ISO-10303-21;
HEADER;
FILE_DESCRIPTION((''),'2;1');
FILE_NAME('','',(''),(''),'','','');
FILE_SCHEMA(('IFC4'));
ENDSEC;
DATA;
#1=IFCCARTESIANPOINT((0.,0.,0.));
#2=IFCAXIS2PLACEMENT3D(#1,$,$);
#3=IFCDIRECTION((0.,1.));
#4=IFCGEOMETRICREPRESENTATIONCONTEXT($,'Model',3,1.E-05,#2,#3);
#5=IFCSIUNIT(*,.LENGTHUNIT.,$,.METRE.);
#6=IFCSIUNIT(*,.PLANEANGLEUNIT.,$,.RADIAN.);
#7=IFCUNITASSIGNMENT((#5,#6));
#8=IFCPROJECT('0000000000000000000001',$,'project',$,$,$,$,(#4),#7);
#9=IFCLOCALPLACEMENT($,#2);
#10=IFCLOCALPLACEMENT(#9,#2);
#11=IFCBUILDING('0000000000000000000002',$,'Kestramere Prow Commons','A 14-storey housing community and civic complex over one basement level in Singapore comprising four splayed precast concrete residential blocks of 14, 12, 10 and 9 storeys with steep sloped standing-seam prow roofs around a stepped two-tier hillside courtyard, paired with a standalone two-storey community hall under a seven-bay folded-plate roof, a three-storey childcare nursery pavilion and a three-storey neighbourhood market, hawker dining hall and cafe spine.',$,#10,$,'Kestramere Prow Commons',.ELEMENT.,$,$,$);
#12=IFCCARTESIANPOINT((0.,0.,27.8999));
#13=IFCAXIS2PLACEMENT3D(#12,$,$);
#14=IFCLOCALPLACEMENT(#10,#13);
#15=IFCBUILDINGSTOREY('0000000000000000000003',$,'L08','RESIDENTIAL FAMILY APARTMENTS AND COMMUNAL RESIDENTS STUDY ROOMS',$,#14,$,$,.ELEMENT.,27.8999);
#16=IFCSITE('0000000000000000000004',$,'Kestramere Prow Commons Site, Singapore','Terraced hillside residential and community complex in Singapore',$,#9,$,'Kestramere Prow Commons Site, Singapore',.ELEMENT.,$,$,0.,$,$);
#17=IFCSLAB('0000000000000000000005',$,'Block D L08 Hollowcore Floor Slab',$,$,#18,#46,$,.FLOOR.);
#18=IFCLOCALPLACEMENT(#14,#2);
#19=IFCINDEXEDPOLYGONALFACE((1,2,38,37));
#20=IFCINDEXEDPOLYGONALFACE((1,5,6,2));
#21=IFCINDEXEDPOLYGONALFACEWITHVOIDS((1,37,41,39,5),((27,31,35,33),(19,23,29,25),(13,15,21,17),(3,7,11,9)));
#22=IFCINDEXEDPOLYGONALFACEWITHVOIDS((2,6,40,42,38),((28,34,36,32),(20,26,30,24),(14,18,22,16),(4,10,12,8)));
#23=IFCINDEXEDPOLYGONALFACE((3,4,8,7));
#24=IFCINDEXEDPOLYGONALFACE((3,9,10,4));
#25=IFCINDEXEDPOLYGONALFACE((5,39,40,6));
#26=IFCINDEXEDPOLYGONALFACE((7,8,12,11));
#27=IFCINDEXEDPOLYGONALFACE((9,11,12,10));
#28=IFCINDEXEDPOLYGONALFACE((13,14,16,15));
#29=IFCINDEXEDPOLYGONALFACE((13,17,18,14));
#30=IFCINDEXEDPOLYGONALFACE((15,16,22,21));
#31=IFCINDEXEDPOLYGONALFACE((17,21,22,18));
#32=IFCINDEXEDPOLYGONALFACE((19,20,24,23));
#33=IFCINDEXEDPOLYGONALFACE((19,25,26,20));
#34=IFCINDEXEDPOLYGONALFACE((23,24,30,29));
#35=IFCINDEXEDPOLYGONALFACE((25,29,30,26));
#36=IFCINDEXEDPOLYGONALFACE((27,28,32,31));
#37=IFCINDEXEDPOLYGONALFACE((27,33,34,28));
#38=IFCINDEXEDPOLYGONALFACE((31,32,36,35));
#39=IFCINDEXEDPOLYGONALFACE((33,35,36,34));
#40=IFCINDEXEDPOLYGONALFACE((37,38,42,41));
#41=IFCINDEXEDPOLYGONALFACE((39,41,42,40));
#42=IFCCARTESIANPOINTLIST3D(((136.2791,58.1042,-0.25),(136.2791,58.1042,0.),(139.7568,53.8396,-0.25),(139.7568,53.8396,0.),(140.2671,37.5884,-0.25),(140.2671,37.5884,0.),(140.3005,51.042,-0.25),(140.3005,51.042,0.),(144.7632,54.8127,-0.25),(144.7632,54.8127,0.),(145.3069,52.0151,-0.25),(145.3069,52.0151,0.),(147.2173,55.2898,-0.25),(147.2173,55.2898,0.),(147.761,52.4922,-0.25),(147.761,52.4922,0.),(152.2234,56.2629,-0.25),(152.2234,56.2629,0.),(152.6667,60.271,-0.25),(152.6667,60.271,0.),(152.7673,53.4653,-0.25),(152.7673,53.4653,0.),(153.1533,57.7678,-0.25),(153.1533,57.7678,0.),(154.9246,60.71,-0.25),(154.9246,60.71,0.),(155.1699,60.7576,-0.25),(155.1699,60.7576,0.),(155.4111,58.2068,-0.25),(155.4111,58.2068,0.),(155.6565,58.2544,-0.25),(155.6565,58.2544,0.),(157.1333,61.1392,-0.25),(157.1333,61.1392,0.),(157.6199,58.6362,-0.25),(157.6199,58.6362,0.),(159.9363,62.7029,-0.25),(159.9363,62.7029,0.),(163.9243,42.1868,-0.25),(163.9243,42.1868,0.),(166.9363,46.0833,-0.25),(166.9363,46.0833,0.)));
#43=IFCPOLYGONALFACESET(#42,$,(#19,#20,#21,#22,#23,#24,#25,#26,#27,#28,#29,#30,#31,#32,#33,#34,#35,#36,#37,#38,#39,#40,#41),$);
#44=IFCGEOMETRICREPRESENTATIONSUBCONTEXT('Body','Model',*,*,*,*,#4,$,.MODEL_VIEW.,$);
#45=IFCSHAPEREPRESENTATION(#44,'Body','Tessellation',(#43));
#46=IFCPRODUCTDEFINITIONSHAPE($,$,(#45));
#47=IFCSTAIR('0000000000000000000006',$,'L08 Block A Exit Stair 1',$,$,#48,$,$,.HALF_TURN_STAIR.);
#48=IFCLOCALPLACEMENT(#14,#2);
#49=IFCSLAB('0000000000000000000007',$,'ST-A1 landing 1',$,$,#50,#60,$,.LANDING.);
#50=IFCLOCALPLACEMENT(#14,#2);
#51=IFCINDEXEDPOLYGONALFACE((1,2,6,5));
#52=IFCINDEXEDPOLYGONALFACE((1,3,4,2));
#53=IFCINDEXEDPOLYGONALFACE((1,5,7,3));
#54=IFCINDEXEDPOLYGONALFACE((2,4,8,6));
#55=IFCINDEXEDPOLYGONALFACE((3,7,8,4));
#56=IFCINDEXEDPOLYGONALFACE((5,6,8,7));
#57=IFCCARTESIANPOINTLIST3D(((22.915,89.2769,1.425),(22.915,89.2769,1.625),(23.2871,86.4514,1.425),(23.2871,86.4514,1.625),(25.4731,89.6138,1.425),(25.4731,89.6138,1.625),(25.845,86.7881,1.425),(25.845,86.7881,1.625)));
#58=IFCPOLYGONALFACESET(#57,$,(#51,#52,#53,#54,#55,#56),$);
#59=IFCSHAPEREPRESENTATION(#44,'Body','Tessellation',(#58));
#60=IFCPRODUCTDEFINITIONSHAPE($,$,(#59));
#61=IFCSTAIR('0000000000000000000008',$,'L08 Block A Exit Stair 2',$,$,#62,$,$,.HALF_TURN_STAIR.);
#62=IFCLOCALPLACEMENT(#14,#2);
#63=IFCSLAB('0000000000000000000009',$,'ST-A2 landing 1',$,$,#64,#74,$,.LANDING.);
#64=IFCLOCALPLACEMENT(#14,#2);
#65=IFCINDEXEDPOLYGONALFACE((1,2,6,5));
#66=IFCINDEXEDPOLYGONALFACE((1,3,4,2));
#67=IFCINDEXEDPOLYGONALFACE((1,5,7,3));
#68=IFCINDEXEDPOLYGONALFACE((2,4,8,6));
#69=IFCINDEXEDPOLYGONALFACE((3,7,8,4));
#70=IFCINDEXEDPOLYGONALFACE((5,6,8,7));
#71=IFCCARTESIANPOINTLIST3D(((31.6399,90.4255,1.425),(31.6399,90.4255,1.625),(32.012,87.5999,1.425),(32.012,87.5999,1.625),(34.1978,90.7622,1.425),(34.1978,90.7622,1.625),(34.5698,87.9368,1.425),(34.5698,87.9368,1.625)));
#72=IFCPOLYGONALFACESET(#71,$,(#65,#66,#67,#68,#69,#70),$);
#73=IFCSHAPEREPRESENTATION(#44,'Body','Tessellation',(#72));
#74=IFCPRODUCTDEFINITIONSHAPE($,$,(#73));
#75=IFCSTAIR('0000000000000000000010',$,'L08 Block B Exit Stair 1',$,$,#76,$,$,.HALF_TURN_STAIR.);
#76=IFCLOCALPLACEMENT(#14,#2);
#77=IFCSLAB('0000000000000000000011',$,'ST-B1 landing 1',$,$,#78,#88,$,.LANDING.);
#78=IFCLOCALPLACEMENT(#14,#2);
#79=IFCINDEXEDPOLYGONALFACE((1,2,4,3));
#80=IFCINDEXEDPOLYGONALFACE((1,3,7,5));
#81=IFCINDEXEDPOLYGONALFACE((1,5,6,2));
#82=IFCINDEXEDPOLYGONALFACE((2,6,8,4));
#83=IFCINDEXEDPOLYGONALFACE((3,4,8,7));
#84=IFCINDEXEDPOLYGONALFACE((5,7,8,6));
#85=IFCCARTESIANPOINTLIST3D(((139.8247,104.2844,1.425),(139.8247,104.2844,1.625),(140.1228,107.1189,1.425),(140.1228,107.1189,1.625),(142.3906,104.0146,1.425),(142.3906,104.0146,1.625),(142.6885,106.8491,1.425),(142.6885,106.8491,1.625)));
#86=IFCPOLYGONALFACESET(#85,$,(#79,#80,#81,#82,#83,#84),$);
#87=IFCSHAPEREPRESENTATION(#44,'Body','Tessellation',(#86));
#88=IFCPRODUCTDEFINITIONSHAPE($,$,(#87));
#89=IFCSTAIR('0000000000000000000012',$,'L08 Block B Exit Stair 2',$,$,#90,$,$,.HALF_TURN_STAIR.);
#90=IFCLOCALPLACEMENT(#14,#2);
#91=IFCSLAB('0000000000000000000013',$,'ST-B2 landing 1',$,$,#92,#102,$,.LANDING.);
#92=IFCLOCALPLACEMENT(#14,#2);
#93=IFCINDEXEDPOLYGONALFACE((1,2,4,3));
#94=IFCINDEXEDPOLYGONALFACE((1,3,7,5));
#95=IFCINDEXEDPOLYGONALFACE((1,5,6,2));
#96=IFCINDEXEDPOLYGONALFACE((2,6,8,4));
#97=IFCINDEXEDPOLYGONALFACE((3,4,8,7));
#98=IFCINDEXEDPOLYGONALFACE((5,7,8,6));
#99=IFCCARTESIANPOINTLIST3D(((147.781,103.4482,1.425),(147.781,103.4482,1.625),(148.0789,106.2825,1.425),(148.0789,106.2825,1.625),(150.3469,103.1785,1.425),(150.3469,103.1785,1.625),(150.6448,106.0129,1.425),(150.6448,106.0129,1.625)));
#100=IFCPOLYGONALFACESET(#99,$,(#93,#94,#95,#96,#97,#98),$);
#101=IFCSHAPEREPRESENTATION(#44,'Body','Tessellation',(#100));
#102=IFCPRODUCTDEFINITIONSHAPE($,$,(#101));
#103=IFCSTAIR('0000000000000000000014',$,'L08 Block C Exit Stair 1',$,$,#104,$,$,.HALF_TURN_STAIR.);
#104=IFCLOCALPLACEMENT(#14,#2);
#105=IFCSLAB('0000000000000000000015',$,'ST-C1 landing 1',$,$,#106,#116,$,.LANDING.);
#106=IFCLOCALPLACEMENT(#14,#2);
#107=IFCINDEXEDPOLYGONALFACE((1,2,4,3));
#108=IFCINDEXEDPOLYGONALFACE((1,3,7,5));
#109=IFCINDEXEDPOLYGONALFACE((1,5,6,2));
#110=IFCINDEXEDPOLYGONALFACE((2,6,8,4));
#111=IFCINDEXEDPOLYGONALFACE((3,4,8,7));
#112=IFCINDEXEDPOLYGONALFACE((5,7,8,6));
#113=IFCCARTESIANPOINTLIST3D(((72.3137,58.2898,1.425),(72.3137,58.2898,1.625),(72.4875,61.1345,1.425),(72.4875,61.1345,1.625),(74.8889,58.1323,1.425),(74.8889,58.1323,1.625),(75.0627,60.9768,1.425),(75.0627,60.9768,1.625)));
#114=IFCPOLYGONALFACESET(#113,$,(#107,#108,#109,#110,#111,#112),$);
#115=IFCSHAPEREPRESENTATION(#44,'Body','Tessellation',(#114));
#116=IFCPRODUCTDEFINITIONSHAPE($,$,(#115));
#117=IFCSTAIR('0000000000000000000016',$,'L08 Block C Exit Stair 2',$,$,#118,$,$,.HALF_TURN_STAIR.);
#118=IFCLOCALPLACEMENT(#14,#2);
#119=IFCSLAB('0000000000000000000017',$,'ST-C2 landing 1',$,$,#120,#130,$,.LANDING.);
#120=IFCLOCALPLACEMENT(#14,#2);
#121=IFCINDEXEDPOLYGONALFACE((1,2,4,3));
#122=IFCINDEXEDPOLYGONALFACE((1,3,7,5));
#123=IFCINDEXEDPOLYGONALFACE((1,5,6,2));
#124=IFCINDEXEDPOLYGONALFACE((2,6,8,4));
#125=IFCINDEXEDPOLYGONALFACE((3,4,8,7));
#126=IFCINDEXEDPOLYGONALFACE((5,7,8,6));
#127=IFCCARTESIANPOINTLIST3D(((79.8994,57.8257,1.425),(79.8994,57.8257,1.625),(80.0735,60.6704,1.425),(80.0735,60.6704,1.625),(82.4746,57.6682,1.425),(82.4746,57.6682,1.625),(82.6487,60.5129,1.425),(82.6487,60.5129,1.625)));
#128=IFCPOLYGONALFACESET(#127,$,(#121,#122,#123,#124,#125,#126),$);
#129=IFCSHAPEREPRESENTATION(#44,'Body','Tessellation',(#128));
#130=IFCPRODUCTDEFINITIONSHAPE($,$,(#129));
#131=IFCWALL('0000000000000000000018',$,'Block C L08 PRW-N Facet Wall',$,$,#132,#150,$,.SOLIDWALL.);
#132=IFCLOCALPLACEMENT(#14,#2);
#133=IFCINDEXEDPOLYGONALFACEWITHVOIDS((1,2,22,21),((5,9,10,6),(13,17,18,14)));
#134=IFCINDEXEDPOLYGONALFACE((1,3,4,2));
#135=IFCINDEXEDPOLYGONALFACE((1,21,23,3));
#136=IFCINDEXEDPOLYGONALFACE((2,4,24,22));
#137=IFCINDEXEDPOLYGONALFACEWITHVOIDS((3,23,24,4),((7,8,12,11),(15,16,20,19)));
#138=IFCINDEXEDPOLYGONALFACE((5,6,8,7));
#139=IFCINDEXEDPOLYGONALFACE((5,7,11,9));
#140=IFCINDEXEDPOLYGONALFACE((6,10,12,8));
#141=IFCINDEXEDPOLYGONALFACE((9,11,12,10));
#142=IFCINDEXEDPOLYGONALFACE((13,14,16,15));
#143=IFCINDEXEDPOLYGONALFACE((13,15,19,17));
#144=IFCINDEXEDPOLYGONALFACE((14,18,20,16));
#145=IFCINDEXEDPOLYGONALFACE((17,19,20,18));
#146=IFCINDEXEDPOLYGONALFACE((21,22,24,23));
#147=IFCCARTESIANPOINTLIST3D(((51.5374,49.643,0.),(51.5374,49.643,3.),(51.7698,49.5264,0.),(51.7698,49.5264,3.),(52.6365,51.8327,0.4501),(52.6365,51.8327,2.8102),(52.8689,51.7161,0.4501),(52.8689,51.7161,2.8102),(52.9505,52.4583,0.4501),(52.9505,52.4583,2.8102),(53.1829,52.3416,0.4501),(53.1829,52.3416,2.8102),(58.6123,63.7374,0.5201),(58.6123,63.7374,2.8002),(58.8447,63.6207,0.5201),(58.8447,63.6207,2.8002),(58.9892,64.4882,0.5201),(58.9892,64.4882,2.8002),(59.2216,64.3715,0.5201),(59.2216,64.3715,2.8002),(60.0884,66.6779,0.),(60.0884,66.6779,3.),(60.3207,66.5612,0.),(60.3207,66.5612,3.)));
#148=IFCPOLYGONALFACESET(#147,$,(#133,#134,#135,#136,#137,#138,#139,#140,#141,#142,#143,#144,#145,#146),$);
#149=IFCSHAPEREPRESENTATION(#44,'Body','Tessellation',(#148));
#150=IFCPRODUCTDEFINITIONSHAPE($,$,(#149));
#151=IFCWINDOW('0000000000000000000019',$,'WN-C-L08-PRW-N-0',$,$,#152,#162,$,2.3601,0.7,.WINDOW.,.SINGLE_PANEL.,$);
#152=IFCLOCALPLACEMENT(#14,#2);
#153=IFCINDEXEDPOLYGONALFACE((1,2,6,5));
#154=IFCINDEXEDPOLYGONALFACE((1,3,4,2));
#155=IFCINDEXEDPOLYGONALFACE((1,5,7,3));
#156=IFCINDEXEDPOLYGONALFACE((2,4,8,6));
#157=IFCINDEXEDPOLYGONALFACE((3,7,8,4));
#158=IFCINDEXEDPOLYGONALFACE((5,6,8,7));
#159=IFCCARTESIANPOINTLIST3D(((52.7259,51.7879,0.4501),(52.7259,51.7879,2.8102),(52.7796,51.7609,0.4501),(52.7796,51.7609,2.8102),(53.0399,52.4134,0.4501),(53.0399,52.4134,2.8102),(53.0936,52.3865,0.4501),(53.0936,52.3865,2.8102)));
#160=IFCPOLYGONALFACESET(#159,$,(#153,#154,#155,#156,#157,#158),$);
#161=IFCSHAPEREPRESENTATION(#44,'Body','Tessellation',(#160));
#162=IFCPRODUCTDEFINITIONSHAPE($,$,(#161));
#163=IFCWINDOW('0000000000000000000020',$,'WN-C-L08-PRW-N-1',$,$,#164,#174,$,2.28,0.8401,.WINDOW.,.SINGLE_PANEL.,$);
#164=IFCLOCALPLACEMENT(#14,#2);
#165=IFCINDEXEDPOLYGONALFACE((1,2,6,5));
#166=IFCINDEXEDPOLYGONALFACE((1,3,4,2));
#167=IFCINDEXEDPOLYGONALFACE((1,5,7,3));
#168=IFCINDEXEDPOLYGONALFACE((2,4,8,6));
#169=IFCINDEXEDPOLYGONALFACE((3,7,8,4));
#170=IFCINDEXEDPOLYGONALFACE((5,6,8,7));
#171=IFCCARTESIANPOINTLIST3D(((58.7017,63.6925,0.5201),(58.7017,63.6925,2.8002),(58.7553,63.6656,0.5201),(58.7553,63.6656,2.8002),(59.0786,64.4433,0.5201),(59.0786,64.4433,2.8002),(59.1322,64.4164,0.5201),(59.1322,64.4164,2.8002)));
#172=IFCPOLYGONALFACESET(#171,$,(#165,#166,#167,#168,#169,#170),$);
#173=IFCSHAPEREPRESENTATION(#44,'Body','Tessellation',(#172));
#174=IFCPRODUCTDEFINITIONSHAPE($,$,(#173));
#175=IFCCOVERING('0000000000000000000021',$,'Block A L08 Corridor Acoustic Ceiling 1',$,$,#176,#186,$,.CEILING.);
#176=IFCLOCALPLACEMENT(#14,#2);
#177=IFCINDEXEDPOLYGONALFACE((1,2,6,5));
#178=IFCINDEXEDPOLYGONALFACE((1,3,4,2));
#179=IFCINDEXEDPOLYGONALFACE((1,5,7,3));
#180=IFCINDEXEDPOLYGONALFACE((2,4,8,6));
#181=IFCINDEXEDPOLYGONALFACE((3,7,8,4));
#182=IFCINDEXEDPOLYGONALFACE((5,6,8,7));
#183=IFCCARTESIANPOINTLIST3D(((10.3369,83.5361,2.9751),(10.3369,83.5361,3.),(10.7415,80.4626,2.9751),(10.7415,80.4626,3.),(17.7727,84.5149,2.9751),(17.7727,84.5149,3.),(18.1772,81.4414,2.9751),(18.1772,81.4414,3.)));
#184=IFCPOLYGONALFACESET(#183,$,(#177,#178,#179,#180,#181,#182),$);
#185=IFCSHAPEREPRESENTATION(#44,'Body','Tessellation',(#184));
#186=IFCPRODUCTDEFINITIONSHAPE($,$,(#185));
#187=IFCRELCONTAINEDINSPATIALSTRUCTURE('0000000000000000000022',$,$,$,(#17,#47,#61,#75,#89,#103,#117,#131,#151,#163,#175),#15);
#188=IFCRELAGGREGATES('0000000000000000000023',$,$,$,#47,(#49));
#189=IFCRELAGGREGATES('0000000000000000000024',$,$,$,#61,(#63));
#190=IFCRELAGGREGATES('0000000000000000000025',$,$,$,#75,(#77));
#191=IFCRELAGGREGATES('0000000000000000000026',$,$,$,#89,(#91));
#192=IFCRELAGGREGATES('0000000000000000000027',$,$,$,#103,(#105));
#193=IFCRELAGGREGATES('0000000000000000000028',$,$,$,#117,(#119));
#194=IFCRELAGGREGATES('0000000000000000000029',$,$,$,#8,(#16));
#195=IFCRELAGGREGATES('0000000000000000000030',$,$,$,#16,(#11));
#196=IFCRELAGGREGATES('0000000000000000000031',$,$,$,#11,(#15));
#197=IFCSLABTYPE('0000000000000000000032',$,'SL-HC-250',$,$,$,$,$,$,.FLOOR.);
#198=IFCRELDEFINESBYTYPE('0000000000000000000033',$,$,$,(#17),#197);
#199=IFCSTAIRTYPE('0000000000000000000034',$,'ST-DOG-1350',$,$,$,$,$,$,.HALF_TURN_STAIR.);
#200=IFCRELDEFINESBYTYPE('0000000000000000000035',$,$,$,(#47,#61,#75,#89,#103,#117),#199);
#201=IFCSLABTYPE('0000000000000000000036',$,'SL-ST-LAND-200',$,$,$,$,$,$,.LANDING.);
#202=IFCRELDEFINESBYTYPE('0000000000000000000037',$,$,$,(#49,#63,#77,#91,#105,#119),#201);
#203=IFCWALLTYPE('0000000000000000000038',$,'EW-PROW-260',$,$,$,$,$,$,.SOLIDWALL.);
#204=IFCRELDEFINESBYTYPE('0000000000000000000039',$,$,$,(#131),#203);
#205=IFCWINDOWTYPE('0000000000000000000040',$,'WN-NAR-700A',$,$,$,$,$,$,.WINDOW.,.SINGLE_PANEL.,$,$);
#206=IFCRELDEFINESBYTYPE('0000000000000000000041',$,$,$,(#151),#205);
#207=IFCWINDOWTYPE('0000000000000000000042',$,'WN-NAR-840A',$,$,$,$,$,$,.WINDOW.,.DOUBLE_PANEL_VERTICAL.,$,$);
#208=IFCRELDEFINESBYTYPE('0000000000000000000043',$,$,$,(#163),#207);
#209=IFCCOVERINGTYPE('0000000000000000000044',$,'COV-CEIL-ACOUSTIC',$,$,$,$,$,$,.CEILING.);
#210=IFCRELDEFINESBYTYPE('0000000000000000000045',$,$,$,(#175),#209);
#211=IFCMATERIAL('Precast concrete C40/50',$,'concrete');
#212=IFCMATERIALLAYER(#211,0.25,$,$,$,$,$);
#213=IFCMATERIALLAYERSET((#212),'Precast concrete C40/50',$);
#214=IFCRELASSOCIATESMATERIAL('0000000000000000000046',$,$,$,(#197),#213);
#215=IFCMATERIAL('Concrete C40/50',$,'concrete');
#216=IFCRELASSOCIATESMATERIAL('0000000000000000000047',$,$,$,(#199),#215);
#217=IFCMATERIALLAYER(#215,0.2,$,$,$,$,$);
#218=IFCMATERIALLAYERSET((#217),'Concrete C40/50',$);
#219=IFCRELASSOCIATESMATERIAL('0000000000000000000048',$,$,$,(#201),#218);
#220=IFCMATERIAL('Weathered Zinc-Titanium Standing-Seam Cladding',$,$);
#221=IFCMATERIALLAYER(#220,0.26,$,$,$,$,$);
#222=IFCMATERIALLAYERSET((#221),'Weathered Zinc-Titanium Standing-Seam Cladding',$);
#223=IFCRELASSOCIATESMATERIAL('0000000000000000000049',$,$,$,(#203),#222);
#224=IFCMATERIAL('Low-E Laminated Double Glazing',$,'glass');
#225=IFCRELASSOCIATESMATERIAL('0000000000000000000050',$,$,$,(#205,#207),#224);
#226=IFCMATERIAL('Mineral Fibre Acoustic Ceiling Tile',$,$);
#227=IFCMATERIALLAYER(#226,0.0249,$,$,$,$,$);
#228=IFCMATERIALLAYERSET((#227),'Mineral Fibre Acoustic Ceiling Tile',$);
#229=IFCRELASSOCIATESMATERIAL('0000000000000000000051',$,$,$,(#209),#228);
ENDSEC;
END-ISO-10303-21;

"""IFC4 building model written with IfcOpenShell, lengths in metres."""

from ifc_helpers import new_model, si_unit, direction, frame, frame_2d, origin, place, context, subcontext, project, spatial, polyline, rectangle, outline, extrude, material, layer, layer_set, type_object, element, fill, aggregate, save


model = new_model("IFC4")

# Units and contexts
model_context = context("Model", 3, precision=1e-05, world=origin(), true_north=direction((0.0, 1.0)))
body_context = subcontext(model_context, "Body", "Model", "MODEL_VIEW")
ifc_project = project(units=[si_unit("LENGTHUNIT", "METRE"), si_unit("PLANEANGLEUNIT", "RADIAN")], contexts=[model_context])

# Site, building, storey
site_placement = place(None, origin())
site = spatial("IfcSite", under=ifc_project, at=site_placement, Name="Kestramere Prow Commons Site, Singapore", Description="Terraced hillside residential and community complex in Singapore", LongName="Kestramere Prow Commons Site, Singapore", CompositionType="ELEMENT", RefElevation=0.0)
building_placement = place(site_placement, origin())
building = spatial("IfcBuilding", under=site, at=building_placement, Name="Kestramere Prow Commons", Description="A 14-storey housing community and civic complex over one basement level in Singapore comprising four splayed precast concrete residential blocks of 14, 12, 10 and 9 storeys with steep sloped standing-seam prow roofs around a stepped two-tier hillside courtyard, paired with a standalone two-storey community hall under a seven-bay folded-plate roof, a three-storey childcare nursery pavilion and a three-storey neighbourhood market, hawker dining hall and cafe spine.", LongName="Kestramere Prow Commons", CompositionType="ELEMENT")
storey_placement = place(building_placement, frame((0.0, 0.0, 27.8999)))
storey = spatial("IfcBuildingStorey", under=building, at=storey_placement, Name="L08", Description="RESIDENTIAL FAMILY APARTMENTS AND COMMUNAL RESIDENTS STUDY ROOMS", CompositionType="ELEMENT", Elevation=27.8999)

# Slab
ifc_material_1 = material(Name="Precast concrete C40/50", Category="concrete")
ifc_layer_1 = layer(ifc_material_1, 0.25)
ifc_layer_set_1 = layer_set([ifc_layer_1], Name="Precast concrete C40/50")
slab_type_1 = type_object("IfcSlabType", Name="SL-HC-250", PredefinedType="FLOOR", material=ifc_layer_set_1)
slab_1_placement = place(storey_placement, frame((0.0, 0.0, -0.25)))
element("IfcSlab", 1, at=slab_1_placement, inside=storey, type_object=slab_type_1, Name="Block D L08 Hollowcore Floor Slab", PredefinedType="FLOOR", context=body_context, shape_type="SweptSolid", body=[
    extrude(outline(polyline([(140.2671, 37.5884), (163.9243, 42.1868), (166.9363, 46.0833), (159.9363, 62.7029), (136.2791, 58.1042), (140.2671, 37.5884)]), holes=[polyline([(153.1533, 57.7678), (155.4111, 58.2068), (154.9246, 60.71), (152.6667, 60.271), (153.1533, 57.7678)]), polyline([(155.6565, 58.2544), (157.6199, 58.6362), (157.1333, 61.1392), (155.1699, 60.7576), (155.6565, 58.2544)]), polyline([(140.3005, 51.042), (145.3069, 52.0151), (144.7632, 54.8127), (139.7568, 53.8396), (140.3005, 51.042)]), polyline([(147.761, 52.4922), (152.7673, 53.4653), (152.2234, 56.2629), (147.2173, 55.2898), (147.761, 52.4922)])]), origin(), (0.0, 0.0, 1.0), 0.25),
])

# Stairs, slabs
ifc_material_2 = material(Name="Concrete C40/50", Category="concrete")
stair_type = type_object("IfcStairType", Name="ST-DOG-1350", PredefinedType="HALF_TURN_STAIR", material=ifc_material_2)
stair_1_placement = place(storey_placement, origin())
stair_1 = element("IfcStair", 2, at=stair_1_placement, inside=storey, type_object=stair_type, Name="L08 Block A Exit Stair 1", PredefinedType="HALF_TURN_STAIR")
ifc_layer_2 = layer(ifc_material_2, 0.2)
ifc_layer_set_2 = layer_set([ifc_layer_2], Name="Concrete C40/50")
slab_type_2 = type_object("IfcSlabType", Name="SL-ST-LAND-200", PredefinedType="LANDING", material=ifc_layer_set_2)
slab_2_placement = place(storey_placement, frame((0.0, 0.0, 1.425)))
slab_2 = element("IfcSlab", 3, at=slab_2_placement, type_object=slab_type_2, Name="ST-A1 landing 1", PredefinedType="LANDING", context=body_context, shape_type="SweptSolid", body=[
    extrude(outline(polyline([(23.2871, 86.4514), (25.845, 86.7881), (25.4731, 89.6138), (22.915, 89.2769), (23.2871, 86.4514)])), origin(), (0.0, 0.0, 1.0), 0.2),
])
aggregate(stair_1, [slab_2])
stair_2_placement = place(storey_placement, origin())
stair_2 = element("IfcStair", 4, at=stair_2_placement, inside=storey, type_object=stair_type, Name="L08 Block A Exit Stair 2", PredefinedType="HALF_TURN_STAIR")
slab_3_placement = place(storey_placement, frame((0.0, 0.0, 1.425)))
slab_3 = element("IfcSlab", 5, at=slab_3_placement, type_object=slab_type_2, Name="ST-A2 landing 1", PredefinedType="LANDING", context=body_context, shape_type="SweptSolid", body=[
    extrude(outline(polyline([(32.012, 87.5999), (34.5698, 87.9368), (34.1978, 90.7622), (31.6399, 90.4255), (32.012, 87.5999)])), origin(), (0.0, 0.0, 1.0), 0.2),
])
aggregate(stair_2, [slab_3])
stair_3_placement = place(storey_placement, origin())
stair_3 = element("IfcStair", 6, at=stair_3_placement, inside=storey, type_object=stair_type, Name="L08 Block B Exit Stair 1", PredefinedType="HALF_TURN_STAIR")
slab_4_placement = place(storey_placement, frame((0.0, 0.0, 1.425)))
slab_4 = element("IfcSlab", 7, at=slab_4_placement, type_object=slab_type_2, Name="ST-B1 landing 1", PredefinedType="LANDING", context=body_context, shape_type="SweptSolid", body=[
    extrude(outline(polyline([(139.8247, 104.2844), (142.3906, 104.0146), (142.6885, 106.8491), (140.1228, 107.1189), (139.8247, 104.2844)])), origin(), (0.0, 0.0, 1.0), 0.2),
])
aggregate(stair_3, [slab_4])
stair_4_placement = place(storey_placement, origin())
stair_4 = element("IfcStair", 8, at=stair_4_placement, inside=storey, type_object=stair_type, Name="L08 Block B Exit Stair 2", PredefinedType="HALF_TURN_STAIR")
slab_5_placement = place(storey_placement, frame((0.0, 0.0, 1.425)))
slab_5 = element("IfcSlab", 9, at=slab_5_placement, type_object=slab_type_2, Name="ST-B2 landing 1", PredefinedType="LANDING", context=body_context, shape_type="SweptSolid", body=[
    extrude(outline(polyline([(147.781, 103.4482), (150.3469, 103.1785), (150.6448, 106.0129), (148.0789, 106.2825), (147.781, 103.4482)])), origin(), (0.0, 0.0, 1.0), 0.2),
])
aggregate(stair_4, [slab_5])
stair_5_placement = place(storey_placement, origin())
stair_5 = element("IfcStair", 10, at=stair_5_placement, inside=storey, type_object=stair_type, Name="L08 Block C Exit Stair 1", PredefinedType="HALF_TURN_STAIR")
slab_6_placement = place(storey_placement, frame((0.0, 0.0, 1.425)))
slab_6 = element("IfcSlab", 11, at=slab_6_placement, type_object=slab_type_2, Name="ST-C1 landing 1", PredefinedType="LANDING", context=body_context, shape_type="SweptSolid", body=[
    extrude(outline(polyline([(72.3137, 58.2898), (74.8889, 58.1323), (75.0627, 60.9768), (72.4875, 61.1345), (72.3137, 58.2898)])), origin(), (0.0, 0.0, 1.0), 0.2),
])
aggregate(stair_5, [slab_6])
stair_6_placement = place(storey_placement, origin())
stair_6 = element("IfcStair", 12, at=stair_6_placement, inside=storey, type_object=stair_type, Name="L08 Block C Exit Stair 2", PredefinedType="HALF_TURN_STAIR")
slab_7_placement = place(storey_placement, frame((0.0, 0.0, 1.425)))
slab_7 = element("IfcSlab", 13, at=slab_7_placement, type_object=slab_type_2, Name="ST-C2 landing 1", PredefinedType="LANDING", context=body_context, shape_type="SweptSolid", body=[
    extrude(outline(polyline([(79.8994, 57.8257), (82.4746, 57.6682), (82.6487, 60.5129), (80.0735, 60.6704), (79.8994, 57.8257)])), origin(), (0.0, 0.0, 1.0), 0.2),
])
aggregate(stair_6, [slab_7])

# Wall, openings, windows
ifc_material_3 = material(Name="Weathered Zinc-Titanium Standing-Seam Cladding")
ifc_layer_3 = layer(ifc_material_3, 0.26)
ifc_layer_set_3 = layer_set([ifc_layer_3], Name="Weathered Zinc-Titanium Standing-Seam Cladding")
wall_type = type_object("IfcWallType", Name="EW-PROW-260", PredefinedType="SOLIDWALL", material=ifc_layer_set_3)
wall_placement = place(storey_placement, frame((51.6536, 49.5847, 0.0), z_axis=(0.0, 0.0, 1.0), x_axis=(0.448622, 0.893722, 0.0)))
wall = element("IfcWall", 14, at=wall_placement, inside=storey, type_object=wall_type, Name="Block C L08 PRW-N Facet Wall", PredefinedType="SOLIDWALL", context=body_context, shape_type="SweptSolid", body=[
    extrude(rectangle(XDim=19.0605, YDim=0.26, at=frame_2d((9.5303, 0.0))), origin(), (0.0, 0.0, 1.0), 3.0),
])
opening_1_placement = place(wall_placement, frame((2.45, 0.0, 0.45)))
opening_1 = element("IfcOpeningElement", 15, at=opening_1_placement, cuts=wall, PredefinedType="OPENING", context=body_context, shape_type="SweptSolid", body=[
    extrude(rectangle(XDim=0.7, YDim=2.3601, at=frame_2d((0.3501, 1.1802))), frame((0.0, 0.145, 0.0), z_axis=(0.0, -1.0, 0.0), x_axis=(1.0, 0.0, 0.0)), (0.0, 0.0, 1.0), 0.29),
])
opening_2_placement = place(wall_placement, frame((15.7705, 0.0, 0.52)))
opening_2 = element("IfcOpeningElement", 16, at=opening_2_placement, cuts=wall, PredefinedType="OPENING", context=body_context, shape_type="SweptSolid", body=[
    extrude(rectangle(XDim=0.8401, YDim=2.28, at=frame_2d((0.4199, 1.1401))), frame((0.0, 0.145, 0.0), z_axis=(0.0, -1.0, 0.0), x_axis=(1.0, 0.0, 0.0)), (0.0, 0.0, 1.0), 0.29),
])
ifc_material_4 = material(Name="Low-E Laminated Double Glazing", Category="glass")
window_type_1 = type_object("IfcWindowType", Name="WN-NAR-700A", PartitioningType="SINGLE_PANEL", PredefinedType="WINDOW", material=ifc_material_4)
window_1_placement = place(opening_1_placement, origin())
window_1 = element("IfcWindow", 17, at=window_1_placement, inside=storey, type_object=window_type_1, Name="WN-C-L08-PRW-N-0", OverallHeight=2.3601, OverallWidth=0.7, PartitioningType="SINGLE_PANEL", PredefinedType="WINDOW", context=body_context, shape_type="SweptSolid", body=[
    extrude(rectangle(XDim=0.7, YDim=2.3601, at=frame_2d((0.3501, 1.1802))), frame((0.0, 0.03, 0.0), z_axis=(0.0, -1.0, 0.0), x_axis=(1.0, 0.0, 0.0)), (0.0, 0.0, 1.0), 0.0601),
])
fill(opening_1, window_1)
window_type_2 = type_object("IfcWindowType", Name="WN-NAR-840A", PartitioningType="DOUBLE_PANEL_VERTICAL", PredefinedType="WINDOW", material=ifc_material_4)
window_2_placement = place(opening_2_placement, origin())
window_2 = element("IfcWindow", 18, at=window_2_placement, inside=storey, type_object=window_type_2, Name="WN-C-L08-PRW-N-1", OverallHeight=2.28, OverallWidth=0.8401, PartitioningType="SINGLE_PANEL", PredefinedType="WINDOW", context=body_context, shape_type="SweptSolid", body=[
    extrude(rectangle(XDim=0.8401, YDim=2.28, at=frame_2d((0.4199, 1.1401))), frame((0.0, 0.03, 0.0), z_axis=(0.0, -1.0, 0.0), x_axis=(1.0, 0.0, 0.0)), (0.0, 0.0, 1.0), 0.0601),
])
fill(opening_2, window_2)

# Covering
ifc_material_5 = material(Name="Mineral Fibre Acoustic Ceiling Tile")
ifc_layer_4 = layer(ifc_material_5, 0.0249)
ifc_layer_set_4 = layer_set([ifc_layer_4], Name="Mineral Fibre Acoustic Ceiling Tile")
covering_type_1 = type_object("IfcCoveringType", Name="COV-CEIL-ACOUSTIC", PredefinedType="CEILING", material=ifc_layer_set_4)
covering_1_placement = place(storey_placement, frame((0.0, 0.0, 2.9751)))
element("IfcCovering", 19, at=covering_1_placement, inside=storey, type_object=covering_type_1, Name="Block A L08 Corridor Acoustic Ceiling 1", PredefinedType="CEILING", context=body_context, shape_type="SweptSolid", body=[
    extrude(outline(polyline([(10.7415, 80.4626), (18.1772, 81.4414), (17.7727, 84.5149), (10.3369, 83.5361), (10.7415, 80.4626)])), origin(), (0.0, 0.0, 1.0), 0.0249),
])

save(model, "model.ifc")
